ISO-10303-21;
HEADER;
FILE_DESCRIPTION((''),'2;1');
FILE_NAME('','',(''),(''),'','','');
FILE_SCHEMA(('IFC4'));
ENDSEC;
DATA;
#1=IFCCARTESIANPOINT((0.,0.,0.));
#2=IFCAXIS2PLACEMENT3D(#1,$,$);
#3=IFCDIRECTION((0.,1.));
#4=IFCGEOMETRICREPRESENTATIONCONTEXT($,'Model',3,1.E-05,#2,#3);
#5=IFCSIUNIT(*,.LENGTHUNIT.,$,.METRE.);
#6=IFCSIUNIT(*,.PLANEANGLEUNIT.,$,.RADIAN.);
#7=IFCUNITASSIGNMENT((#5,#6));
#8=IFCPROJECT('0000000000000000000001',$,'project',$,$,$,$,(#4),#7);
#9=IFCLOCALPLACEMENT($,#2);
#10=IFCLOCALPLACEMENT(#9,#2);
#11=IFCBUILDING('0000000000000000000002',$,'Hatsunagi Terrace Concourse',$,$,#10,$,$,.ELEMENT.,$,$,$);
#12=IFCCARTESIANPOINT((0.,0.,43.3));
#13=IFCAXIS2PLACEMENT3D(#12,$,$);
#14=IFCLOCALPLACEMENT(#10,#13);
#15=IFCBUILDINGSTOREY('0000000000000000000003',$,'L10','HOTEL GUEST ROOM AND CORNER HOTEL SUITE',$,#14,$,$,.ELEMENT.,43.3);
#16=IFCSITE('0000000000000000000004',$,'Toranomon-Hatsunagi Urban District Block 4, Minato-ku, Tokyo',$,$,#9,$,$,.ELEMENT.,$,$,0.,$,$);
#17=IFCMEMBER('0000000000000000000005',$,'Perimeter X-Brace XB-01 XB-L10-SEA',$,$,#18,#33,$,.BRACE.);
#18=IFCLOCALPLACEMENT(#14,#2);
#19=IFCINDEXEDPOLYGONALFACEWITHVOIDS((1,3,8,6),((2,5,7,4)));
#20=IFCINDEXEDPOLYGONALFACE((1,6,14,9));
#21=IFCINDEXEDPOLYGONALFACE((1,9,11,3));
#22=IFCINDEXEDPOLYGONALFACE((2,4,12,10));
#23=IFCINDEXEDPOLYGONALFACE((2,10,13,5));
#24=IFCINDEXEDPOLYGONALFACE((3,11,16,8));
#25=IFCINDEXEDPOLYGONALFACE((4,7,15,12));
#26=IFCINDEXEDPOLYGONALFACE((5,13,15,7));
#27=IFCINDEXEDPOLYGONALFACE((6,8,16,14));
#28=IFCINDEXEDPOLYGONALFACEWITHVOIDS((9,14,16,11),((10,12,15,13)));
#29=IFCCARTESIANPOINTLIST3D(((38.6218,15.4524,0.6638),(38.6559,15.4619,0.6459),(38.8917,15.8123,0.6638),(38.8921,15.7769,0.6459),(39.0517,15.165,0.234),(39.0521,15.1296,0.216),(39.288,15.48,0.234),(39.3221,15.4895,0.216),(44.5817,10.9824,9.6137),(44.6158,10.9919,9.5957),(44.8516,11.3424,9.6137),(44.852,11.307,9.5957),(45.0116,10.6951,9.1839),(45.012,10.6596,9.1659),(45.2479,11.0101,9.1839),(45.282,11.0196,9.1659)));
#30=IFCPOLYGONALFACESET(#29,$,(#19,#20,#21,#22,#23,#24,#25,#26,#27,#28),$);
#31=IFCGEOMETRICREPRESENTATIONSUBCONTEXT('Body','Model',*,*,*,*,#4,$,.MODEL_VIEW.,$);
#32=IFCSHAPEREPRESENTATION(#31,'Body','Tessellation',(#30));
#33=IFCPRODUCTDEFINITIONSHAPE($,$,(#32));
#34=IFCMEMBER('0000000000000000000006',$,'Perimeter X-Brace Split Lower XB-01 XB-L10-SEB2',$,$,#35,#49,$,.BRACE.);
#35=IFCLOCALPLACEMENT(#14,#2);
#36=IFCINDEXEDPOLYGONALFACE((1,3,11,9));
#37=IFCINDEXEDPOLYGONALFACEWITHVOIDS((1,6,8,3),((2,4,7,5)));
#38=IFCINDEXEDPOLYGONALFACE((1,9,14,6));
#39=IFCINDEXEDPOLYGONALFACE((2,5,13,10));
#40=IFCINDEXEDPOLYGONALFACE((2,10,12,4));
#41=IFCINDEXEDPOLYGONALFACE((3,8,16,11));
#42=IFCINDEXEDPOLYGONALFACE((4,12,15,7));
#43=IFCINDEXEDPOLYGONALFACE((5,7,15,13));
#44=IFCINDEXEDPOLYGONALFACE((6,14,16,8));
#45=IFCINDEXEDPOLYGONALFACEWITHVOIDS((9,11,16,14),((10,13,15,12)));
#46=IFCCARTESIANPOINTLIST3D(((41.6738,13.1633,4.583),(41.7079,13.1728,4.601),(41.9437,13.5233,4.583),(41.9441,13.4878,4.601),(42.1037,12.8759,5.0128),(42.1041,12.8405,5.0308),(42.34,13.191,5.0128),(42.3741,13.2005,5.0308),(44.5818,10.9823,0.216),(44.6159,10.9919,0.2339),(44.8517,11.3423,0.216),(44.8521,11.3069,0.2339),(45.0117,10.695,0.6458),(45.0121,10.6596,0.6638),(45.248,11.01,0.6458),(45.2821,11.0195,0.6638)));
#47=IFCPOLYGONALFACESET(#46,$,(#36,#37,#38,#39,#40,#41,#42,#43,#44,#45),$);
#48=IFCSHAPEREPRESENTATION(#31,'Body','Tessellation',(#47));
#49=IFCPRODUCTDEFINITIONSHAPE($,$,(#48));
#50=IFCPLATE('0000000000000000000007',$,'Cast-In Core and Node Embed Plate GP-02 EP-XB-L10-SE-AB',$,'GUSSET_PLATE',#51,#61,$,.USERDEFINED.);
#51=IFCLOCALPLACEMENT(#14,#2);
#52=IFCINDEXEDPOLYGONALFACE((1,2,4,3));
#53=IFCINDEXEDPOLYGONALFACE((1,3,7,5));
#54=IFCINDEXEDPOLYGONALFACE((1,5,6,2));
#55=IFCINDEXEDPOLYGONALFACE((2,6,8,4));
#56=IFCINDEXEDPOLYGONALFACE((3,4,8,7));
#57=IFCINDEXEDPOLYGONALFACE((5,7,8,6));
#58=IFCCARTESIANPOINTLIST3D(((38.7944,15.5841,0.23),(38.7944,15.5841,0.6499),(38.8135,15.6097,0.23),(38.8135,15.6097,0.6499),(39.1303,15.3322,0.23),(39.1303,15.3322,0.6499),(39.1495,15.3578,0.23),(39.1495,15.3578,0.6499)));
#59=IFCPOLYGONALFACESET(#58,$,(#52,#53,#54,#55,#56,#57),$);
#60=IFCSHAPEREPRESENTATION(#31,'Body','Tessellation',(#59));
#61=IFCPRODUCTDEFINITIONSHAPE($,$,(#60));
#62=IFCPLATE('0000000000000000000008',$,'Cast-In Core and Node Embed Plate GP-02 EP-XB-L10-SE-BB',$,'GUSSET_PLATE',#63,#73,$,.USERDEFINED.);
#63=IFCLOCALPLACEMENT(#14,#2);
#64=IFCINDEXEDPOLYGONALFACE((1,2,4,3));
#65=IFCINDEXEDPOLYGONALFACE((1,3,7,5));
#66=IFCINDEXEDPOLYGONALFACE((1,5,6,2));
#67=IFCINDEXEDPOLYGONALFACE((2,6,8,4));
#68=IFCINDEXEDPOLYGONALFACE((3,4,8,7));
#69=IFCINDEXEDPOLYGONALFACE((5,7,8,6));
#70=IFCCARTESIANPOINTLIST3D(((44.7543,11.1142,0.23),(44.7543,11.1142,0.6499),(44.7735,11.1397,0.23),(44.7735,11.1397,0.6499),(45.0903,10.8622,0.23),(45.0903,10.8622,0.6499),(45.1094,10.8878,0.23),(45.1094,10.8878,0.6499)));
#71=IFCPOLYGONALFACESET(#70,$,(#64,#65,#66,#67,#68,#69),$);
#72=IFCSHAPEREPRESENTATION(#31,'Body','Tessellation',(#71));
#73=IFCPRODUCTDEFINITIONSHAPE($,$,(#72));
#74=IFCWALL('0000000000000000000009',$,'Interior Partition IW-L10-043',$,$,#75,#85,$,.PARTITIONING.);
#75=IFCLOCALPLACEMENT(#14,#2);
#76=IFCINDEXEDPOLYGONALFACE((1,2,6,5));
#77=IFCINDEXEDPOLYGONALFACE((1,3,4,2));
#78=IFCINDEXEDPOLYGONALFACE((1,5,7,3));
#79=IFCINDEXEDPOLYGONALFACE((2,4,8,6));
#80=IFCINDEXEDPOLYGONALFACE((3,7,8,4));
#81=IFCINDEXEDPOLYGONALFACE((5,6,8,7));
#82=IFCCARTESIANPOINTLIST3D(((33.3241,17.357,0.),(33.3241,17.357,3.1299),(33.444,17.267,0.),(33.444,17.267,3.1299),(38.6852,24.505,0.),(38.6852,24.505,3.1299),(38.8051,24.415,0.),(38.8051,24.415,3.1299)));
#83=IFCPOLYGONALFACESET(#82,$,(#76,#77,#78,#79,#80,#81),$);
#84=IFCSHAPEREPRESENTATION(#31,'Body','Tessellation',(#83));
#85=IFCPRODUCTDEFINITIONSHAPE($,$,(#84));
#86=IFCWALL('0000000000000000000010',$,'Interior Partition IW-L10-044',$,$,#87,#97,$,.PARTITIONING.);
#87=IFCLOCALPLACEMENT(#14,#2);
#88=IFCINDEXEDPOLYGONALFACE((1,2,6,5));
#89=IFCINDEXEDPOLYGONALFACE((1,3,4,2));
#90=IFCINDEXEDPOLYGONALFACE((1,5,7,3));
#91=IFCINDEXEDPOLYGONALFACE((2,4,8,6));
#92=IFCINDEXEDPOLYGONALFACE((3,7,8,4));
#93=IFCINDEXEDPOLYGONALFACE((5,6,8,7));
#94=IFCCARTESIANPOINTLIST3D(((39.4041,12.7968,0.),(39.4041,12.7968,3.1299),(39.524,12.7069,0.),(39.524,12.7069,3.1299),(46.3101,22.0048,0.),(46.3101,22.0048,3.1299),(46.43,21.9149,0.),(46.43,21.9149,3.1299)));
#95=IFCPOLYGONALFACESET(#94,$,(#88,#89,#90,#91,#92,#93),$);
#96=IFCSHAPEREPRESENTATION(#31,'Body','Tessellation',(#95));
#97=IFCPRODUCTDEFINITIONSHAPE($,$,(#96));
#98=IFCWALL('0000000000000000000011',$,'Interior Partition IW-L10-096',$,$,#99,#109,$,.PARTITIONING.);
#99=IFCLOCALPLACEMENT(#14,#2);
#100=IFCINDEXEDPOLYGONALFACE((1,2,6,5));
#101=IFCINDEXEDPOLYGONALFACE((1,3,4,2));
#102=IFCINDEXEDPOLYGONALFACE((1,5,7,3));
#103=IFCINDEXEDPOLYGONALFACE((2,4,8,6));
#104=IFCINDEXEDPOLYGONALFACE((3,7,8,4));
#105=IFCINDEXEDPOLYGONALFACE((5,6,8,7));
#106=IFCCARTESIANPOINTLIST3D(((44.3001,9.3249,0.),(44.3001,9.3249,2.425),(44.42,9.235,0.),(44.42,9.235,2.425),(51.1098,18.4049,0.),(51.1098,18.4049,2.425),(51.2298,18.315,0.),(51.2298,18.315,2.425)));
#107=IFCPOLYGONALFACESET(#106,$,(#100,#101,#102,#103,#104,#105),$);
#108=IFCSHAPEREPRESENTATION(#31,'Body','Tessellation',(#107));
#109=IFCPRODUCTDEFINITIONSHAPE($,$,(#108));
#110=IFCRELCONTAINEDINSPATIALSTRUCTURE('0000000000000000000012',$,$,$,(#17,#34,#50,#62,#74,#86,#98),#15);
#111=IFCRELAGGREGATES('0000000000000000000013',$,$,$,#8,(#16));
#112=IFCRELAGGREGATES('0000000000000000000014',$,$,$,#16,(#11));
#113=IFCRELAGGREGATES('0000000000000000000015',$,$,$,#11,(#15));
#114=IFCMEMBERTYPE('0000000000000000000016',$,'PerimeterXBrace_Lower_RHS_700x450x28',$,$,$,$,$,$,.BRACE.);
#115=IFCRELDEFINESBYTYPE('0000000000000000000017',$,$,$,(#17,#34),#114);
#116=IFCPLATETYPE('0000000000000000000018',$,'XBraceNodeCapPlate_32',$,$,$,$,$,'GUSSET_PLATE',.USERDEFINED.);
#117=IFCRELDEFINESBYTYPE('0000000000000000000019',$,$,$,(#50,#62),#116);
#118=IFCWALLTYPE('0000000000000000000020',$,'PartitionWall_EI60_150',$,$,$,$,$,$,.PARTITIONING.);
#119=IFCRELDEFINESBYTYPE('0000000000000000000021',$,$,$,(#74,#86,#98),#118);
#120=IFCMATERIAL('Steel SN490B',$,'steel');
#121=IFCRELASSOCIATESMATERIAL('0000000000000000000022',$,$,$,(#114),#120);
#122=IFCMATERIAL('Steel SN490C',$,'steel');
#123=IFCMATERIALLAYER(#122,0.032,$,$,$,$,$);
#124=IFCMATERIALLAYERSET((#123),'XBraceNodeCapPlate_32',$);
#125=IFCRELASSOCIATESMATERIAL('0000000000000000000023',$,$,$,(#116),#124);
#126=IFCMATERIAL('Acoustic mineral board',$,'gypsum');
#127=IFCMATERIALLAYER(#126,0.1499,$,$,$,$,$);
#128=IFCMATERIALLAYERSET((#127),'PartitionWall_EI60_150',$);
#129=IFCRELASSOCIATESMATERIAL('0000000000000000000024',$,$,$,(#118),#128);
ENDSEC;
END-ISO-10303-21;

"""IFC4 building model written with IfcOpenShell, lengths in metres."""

from ifc_helpers import new_model, si_unit, direction, frame, frame_2d, origin, origin_2d, place, context, subcontext, project, spatial, rectangle, hollow_rectangle, extrude, material, layer, layer_set, material_profile, profile_set, type_object, element, save


model = new_model("IFC4")

# Units and contexts
model_context = context("Model", 3, precision=1e-05, world=origin(), true_north=direction((0.0, 1.0)))
body_context = subcontext(model_context, "Body", "Model", "MODEL_VIEW")
ifc_project = project(units=[si_unit("LENGTHUNIT", "METRE"), si_unit("PLANEANGLEUNIT", "RADIAN")], contexts=[model_context])

# Site, building, storey
site_placement = place(None, origin())
site = spatial("IfcSite", under=ifc_project, at=site_placement, Name="Toranomon-Hatsunagi Urban District Block 4, Minato-ku, Tokyo", CompositionType="ELEMENT", RefElevation=0.0)
building_placement = place(site_placement, origin())
building = spatial("IfcBuilding", under=site, at=building_placement, Name="Hatsunagi Terrace Concourse", CompositionType="ELEMENT")
storey_placement = place(building_placement, frame((0.0, 0.0, 43.3)))
storey = spatial("IfcBuildingStorey", under=building, at=storey_placement, Name="L10", Description="HOTEL GUEST ROOM AND CORNER HOTEL SUITE", CompositionType="ELEMENT", Elevation=43.3)

# Members
ifc_material_1 = material(Name="Steel SN490B", Category="steel")
ifc_material_profile_1 = material_profile(ifc_material_1, hollow_rectangle(XDim=0.45, YDim=0.7, WallThickness=0.0281, at=origin_2d()), Name="RHS-700x450x28")
ifc_profile_set_1 = profile_set([ifc_material_profile_1], Name="Steel SN490B")
member_type = type_object("IfcMemberType", Name="PerimeterXBrace_Lower_RHS_700x450x28", PredefinedType="BRACE", material=ifc_profile_set_1)
member_1_placement = place(storey_placement, frame((38.9719, 15.4709, 0.4399), z_axis=(0.511809, -0.383857, 0.768573), x_axis=(0.6, 0.8, 0.0)))
element("IfcMember", 1, at=member_1_placement, inside=storey, type_object=member_type, Name="Perimeter X-Brace XB-01 XB-L10-SEA", PredefinedType="BRACE", context=body_context, shape_type="SweptSolid", body=[
    extrude(hollow_rectangle(XDim=0.45, YDim=0.7, WallThickness=0.0281, at=origin_2d()), origin(), (0.0, 0.0, 1.0), 11.6448),
])
member_2_placement = place(storey_placement, frame((42.0239, 13.1819, 4.8069), z_axis=(0.511803, -0.383841, -0.768585), x_axis=(0.599989, 0.800008, 0.0)))
element("IfcMember", 2, at=member_2_placement, inside=storey, type_object=member_type, Name="Perimeter X-Brace Split Lower XB-01 XB-L10-SEB2", PredefinedType="BRACE", context=body_context, shape_type="SweptSolid", body=[
    extrude(hollow_rectangle(XDim=0.45, YDim=0.7, WallThickness=0.0281, at=origin_2d()), origin(), (0.0, 0.0, 1.0), 5.6819),
])

# Plates
ifc_material_2 = material(Name="Steel SN490C", Category="steel")
ifc_layer_1 = layer(ifc_material_2, 0.032)
ifc_layer_set_1 = layer_set([ifc_layer_1], Name="XBraceNodeCapPlate_32")
plate_type = type_object("IfcPlateType", Name="XBraceNodeCapPlate_32", ElementType="GUSSET_PLATE", PredefinedType="USERDEFINED", material=ifc_layer_set_1)
for number, where, z_axis, x_axis, name in (
    (3, (38.9719, 15.4709, 0.23), (0.0, 0.0, 1.0), (0.8, -0.6, 0.0), "Cast-In Core and Node Embed Plate GP-02 EP-XB-L10-SE-AB"),
    (4, (44.9319, 11.001, 0.23), (0.0, 0.0, 1.0), (0.8, -0.6, 0.0), "Cast-In Core and Node Embed Plate GP-02 EP-XB-L10-SE-BB"),
):
    element("IfcPlate", number, at=place(storey_placement, frame(where, z_axis=z_axis, x_axis=x_axis)), inside=storey, type_object=plate_type, Name=name, ObjectType="GUSSET_PLATE", PredefinedType="USERDEFINED", context=body_context, shape_type="SweptSolid", body=[
        extrude(rectangle(XDim=0.4199, YDim=0.032, at=origin_2d()), origin(), (0.0, 0.0, 1.0), 0.4199),
    ])

# Walls
ifc_material_3 = material(Name="Acoustic mineral board", Category="gypsum")
ifc_layer_2 = layer(ifc_material_3, 0.1499)
ifc_layer_set_2 = layer_set([ifc_layer_2], Name="PartitionWall_EI60_150")
wall_type = type_object("IfcWallType", Name="PartitionWall_EI60_150", PredefinedType="PARTITIONING", material=ifc_layer_set_2)
wall_1_placement = place(storey_placement, frame((33.384, 17.312, 0.0), z_axis=(0.0, 0.0, 1.0), x_axis=(0.600009, 0.799993, 0.0)))
element("IfcWall", 5, at=wall_1_placement, inside=storey, type_object=wall_type, Name="Interior Partition IW-L10-043", PredefinedType="PARTITIONING", context=body_context, shape_type="SweptSolid", body=[
    extrude(rectangle(XDim=8.9351, YDim=0.1499, at=frame_2d((4.4675, 0.0))), origin(), (0.0, 0.0, 1.0), 3.1299),
])
wall_2_placement = place(storey_placement, frame((39.4641, 12.752, 0.0), z_axis=(0.0, 0.0, 1.0), x_axis=(0.6, 0.8, 0.0)))
element("IfcWall", 6, at=wall_2_placement, inside=storey, type_object=wall_type, Name="Interior Partition IW-L10-044", PredefinedType="PARTITIONING", context=body_context, shape_type="SweptSolid", body=[
    extrude(rectangle(XDim=11.51, YDim=0.1499, at=frame_2d((5.7549, 0.0))), origin(), (0.0, 0.0, 1.0), 3.1299),
])
wall_3_placement = place(storey_placement, frame((44.3601, 9.28, 0.0), z_axis=(0.0, 0.0, 1.0), x_axis=(0.599986, 0.80001, 0.0)))
element("IfcWall", 7, at=wall_3_placement, inside=storey, type_object=wall_type, Name="Interior Partition IW-L10-096", PredefinedType="PARTITIONING", context=body_context, shape_type="SweptSolid", body=[
    extrude(rectangle(XDim=11.3499, YDim=0.1499, at=frame_2d((5.6748, 0.0))), origin(), (0.0, 0.0, 1.0), 2.425),
])

save(model, "model.ifc")
